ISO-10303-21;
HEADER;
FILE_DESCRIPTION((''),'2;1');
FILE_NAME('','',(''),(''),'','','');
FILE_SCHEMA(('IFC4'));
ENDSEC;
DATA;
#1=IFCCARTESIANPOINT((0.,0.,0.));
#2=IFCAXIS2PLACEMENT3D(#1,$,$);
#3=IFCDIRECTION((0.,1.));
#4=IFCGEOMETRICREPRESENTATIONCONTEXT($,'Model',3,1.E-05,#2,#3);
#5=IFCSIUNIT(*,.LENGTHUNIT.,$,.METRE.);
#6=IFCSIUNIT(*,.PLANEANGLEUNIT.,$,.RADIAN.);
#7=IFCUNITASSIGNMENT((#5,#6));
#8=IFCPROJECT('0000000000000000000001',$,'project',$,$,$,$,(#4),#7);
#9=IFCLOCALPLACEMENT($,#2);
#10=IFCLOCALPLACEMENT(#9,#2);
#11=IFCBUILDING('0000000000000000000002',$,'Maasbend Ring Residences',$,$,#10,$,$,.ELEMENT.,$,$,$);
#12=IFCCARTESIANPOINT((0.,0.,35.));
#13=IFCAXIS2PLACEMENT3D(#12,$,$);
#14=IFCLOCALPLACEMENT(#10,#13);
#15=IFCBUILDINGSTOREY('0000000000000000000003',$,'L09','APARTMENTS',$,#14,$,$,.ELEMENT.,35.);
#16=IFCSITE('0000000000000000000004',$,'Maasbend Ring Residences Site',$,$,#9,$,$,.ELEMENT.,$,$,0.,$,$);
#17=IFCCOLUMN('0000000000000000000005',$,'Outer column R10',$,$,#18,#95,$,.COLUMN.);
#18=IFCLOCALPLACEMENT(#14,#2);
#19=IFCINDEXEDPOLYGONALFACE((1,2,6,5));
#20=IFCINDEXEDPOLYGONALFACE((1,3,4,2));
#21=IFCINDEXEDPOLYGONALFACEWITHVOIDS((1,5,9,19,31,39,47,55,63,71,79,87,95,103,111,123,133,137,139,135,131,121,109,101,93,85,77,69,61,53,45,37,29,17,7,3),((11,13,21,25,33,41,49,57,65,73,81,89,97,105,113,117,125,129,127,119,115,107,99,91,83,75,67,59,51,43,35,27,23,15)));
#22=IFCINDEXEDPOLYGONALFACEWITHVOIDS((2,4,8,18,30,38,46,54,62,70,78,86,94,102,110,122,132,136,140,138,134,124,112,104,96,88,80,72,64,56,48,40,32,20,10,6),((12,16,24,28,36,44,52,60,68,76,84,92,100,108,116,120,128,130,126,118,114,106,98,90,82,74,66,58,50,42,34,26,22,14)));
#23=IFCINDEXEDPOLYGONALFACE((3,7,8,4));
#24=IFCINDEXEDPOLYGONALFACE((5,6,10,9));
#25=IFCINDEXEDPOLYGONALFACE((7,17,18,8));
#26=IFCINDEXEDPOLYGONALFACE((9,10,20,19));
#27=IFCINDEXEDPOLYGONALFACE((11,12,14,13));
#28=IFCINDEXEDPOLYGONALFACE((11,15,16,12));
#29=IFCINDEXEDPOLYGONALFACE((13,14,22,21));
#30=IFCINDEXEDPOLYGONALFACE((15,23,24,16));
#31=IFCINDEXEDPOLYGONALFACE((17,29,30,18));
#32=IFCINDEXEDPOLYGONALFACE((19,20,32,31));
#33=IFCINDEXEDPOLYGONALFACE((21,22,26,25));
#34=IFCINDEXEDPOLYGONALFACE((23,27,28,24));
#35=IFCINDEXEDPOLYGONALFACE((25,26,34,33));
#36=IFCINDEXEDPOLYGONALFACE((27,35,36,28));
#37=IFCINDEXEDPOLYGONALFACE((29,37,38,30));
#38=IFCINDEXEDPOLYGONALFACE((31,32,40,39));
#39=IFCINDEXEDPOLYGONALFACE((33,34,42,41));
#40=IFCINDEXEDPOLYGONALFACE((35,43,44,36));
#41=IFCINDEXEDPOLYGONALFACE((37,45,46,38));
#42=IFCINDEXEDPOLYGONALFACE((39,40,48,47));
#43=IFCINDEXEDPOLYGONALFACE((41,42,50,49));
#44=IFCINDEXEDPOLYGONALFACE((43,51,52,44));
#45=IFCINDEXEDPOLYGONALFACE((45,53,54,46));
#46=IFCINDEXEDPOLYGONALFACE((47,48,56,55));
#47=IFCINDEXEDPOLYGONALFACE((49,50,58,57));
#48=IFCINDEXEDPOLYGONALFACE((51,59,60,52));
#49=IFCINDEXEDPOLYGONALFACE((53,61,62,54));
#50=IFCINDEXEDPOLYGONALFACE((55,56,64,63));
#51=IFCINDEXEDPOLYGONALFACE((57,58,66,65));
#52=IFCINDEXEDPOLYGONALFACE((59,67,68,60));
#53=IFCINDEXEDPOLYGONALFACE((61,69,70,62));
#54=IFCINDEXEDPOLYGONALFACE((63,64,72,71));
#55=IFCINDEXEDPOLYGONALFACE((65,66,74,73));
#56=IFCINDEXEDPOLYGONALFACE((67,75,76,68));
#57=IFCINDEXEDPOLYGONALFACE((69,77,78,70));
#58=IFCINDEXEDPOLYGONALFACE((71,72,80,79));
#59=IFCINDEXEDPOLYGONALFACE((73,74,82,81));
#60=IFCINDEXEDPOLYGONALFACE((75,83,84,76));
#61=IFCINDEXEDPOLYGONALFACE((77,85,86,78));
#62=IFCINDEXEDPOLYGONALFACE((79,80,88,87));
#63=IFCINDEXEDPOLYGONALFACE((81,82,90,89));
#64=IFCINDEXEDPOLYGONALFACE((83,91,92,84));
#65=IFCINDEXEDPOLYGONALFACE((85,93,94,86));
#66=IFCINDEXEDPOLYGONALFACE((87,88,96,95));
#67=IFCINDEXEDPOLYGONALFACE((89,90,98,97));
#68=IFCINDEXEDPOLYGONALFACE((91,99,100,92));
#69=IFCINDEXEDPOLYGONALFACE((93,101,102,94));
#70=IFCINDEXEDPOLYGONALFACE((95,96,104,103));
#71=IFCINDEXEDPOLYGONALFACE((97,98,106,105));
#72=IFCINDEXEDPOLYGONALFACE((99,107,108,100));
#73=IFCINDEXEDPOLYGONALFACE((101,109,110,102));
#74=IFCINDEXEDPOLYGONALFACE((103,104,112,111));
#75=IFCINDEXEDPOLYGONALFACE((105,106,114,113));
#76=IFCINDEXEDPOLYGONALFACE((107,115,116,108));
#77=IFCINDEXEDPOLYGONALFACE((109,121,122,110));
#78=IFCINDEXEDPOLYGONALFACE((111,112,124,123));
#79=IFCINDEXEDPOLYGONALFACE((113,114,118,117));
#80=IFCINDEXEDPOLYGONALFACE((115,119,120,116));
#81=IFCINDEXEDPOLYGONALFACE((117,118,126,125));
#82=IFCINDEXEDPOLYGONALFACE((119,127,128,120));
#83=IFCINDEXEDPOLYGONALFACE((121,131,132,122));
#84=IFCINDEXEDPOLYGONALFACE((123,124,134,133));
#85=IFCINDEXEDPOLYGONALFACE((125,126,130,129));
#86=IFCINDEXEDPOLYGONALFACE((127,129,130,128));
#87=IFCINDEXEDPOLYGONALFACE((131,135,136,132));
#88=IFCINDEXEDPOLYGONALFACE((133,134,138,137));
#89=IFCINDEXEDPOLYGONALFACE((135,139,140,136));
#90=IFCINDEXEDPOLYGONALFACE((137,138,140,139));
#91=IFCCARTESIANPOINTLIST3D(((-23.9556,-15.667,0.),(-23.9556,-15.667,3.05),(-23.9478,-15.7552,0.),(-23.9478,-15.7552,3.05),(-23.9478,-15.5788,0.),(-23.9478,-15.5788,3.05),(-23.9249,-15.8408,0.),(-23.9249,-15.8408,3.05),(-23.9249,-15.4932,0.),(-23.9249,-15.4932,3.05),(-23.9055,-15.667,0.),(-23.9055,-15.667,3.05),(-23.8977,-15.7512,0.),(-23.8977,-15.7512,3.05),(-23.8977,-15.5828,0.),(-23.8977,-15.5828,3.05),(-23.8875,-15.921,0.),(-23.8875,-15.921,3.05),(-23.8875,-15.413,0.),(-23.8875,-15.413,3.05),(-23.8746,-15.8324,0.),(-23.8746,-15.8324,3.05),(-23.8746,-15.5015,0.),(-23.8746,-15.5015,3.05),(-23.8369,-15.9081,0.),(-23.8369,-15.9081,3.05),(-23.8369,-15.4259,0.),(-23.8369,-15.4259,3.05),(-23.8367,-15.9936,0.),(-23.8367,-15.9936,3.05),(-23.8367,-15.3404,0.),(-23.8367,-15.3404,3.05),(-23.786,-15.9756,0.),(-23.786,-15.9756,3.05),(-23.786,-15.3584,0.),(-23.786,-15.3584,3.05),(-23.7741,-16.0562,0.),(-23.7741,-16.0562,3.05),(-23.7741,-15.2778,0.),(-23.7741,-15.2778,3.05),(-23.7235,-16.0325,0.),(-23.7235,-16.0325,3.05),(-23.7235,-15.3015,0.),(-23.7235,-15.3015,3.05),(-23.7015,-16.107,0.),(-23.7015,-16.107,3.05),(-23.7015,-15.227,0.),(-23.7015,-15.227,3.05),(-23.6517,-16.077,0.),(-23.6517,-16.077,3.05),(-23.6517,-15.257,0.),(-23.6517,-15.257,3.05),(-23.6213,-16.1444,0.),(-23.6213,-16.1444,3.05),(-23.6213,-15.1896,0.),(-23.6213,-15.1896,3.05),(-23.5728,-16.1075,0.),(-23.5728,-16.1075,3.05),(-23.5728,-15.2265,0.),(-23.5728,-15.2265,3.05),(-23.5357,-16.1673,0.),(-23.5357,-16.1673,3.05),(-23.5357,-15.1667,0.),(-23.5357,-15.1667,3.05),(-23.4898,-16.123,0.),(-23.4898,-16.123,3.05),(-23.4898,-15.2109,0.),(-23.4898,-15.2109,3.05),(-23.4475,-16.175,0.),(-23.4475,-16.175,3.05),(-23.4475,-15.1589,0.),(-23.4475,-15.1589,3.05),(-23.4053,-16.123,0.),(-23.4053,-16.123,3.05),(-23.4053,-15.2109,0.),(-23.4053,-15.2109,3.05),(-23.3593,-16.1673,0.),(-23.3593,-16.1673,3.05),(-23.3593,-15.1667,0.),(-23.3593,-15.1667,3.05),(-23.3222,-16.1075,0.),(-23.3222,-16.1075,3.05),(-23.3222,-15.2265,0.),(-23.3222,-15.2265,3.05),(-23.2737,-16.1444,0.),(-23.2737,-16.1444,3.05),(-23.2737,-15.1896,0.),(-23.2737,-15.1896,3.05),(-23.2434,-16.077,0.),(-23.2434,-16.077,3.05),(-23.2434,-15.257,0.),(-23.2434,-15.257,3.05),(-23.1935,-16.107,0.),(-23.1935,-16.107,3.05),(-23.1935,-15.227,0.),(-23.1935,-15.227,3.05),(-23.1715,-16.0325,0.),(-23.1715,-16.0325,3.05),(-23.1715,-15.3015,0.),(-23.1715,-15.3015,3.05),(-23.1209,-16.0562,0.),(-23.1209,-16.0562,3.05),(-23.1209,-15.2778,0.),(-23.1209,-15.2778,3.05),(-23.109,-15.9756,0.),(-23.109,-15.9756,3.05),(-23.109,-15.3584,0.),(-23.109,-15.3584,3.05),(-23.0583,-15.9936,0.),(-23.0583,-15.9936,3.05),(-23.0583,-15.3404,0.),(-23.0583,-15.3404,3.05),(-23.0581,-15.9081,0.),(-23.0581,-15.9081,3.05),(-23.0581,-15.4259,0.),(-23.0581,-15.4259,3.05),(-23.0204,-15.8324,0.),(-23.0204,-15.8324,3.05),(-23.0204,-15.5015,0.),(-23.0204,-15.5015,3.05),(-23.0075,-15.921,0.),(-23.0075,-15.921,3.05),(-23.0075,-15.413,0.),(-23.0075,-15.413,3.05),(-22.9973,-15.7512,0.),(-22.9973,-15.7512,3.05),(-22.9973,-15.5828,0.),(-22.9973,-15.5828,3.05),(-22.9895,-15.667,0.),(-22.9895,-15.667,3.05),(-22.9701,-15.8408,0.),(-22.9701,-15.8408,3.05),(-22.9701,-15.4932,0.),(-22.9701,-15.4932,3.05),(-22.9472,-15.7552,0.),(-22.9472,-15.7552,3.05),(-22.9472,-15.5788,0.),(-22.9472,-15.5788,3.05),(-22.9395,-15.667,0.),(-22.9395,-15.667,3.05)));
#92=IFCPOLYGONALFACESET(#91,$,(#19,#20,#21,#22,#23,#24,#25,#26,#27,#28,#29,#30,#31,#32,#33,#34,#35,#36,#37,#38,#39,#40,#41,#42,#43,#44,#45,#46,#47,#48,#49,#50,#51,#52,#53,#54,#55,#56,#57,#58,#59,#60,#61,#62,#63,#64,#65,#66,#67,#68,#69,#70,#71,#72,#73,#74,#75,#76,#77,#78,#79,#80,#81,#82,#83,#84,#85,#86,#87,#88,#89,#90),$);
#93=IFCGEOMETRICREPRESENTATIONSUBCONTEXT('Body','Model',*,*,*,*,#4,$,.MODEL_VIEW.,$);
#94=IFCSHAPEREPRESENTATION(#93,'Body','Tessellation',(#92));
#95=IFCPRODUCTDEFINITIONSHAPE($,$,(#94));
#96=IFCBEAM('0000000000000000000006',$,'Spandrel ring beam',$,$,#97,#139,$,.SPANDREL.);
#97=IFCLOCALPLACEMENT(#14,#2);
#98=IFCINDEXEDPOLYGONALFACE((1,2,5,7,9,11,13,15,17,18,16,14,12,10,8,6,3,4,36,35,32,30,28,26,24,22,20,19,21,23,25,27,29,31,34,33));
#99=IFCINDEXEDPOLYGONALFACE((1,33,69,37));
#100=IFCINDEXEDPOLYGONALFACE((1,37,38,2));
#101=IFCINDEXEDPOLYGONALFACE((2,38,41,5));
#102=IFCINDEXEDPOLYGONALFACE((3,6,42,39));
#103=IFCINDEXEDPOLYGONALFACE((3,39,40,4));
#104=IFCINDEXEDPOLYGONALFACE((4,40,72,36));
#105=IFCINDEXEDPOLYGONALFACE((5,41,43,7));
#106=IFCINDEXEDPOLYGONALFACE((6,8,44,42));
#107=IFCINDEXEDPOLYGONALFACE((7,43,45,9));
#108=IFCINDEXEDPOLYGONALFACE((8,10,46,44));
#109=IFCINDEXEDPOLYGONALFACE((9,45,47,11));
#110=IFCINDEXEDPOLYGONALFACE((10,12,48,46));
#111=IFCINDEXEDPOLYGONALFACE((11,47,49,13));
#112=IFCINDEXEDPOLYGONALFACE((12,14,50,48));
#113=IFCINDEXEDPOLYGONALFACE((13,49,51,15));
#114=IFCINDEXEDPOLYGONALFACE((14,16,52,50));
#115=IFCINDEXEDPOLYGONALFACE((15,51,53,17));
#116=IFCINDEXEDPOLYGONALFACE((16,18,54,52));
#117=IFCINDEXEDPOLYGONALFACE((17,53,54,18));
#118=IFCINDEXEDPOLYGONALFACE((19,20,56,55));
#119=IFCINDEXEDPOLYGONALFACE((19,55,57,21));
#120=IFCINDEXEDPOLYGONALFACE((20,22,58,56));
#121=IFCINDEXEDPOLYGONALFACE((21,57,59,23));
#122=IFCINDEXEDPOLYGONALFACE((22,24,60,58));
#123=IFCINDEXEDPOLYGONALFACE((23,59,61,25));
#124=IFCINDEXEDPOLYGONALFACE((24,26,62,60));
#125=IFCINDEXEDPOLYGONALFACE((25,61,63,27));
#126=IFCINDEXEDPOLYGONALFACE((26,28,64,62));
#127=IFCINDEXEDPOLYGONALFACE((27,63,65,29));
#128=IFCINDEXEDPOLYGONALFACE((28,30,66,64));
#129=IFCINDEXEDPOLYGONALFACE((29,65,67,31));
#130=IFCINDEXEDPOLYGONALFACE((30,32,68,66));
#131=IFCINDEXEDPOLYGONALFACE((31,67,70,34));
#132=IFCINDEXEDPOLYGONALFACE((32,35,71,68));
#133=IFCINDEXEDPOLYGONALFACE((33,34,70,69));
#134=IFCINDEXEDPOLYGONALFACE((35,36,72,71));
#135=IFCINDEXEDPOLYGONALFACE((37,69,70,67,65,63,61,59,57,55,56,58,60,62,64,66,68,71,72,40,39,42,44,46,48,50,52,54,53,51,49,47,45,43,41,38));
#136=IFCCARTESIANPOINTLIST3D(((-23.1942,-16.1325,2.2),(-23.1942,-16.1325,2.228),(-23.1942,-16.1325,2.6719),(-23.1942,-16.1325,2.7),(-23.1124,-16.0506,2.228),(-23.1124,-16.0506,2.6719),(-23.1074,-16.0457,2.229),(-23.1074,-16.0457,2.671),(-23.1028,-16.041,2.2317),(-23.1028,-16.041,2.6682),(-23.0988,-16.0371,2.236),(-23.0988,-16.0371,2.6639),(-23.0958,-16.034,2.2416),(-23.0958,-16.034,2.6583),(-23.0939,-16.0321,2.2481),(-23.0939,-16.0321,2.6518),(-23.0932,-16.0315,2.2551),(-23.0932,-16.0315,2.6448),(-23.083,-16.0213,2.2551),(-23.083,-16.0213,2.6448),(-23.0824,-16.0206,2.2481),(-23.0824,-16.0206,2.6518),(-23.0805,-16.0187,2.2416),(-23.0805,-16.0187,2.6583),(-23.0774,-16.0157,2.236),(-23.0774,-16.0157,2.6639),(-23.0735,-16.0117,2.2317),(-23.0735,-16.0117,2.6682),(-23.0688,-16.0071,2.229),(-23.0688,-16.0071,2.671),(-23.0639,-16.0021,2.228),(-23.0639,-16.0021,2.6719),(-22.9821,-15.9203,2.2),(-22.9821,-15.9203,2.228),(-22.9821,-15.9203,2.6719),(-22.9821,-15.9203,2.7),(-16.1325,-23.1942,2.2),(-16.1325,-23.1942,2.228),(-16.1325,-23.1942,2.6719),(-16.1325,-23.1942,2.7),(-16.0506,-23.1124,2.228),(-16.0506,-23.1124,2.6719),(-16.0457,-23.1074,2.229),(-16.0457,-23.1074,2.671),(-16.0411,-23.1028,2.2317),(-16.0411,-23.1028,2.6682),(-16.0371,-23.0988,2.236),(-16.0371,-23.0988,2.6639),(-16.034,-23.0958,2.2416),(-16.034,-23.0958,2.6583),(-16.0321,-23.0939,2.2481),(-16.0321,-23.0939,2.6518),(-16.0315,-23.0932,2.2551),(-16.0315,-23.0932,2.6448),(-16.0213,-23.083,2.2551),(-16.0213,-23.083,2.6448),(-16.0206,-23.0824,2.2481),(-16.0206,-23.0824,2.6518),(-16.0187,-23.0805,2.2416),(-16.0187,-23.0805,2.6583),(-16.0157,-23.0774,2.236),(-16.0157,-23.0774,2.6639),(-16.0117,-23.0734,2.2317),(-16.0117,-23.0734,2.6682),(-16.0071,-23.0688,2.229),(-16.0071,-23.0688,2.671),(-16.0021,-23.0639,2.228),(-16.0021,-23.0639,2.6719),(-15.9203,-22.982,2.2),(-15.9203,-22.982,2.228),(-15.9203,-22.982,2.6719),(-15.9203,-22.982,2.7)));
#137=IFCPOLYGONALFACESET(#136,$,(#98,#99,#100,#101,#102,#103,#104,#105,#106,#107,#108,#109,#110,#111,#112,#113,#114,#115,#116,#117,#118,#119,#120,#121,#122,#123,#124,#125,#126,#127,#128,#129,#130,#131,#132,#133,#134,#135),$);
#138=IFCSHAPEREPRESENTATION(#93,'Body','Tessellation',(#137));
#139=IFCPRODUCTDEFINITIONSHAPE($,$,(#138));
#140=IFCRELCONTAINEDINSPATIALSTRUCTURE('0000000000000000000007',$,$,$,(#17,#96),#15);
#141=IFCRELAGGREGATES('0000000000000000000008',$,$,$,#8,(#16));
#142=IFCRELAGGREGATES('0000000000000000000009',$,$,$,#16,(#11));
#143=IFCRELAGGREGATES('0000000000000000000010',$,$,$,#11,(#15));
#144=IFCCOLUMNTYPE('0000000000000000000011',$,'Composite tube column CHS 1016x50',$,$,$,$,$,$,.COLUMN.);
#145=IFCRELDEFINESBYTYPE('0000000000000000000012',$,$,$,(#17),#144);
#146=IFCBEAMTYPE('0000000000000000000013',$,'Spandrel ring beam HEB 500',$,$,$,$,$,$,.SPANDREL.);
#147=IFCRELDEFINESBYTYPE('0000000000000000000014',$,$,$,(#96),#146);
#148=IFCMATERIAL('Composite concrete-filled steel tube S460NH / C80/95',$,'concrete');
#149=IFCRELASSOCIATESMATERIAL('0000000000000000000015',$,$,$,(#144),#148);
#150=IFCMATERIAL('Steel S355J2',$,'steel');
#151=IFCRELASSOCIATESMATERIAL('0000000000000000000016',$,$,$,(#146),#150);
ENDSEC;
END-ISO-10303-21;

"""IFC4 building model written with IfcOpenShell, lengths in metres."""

from ifc_helpers import new_model, si_unit, direction, frame, origin, origin_2d, place, context, subcontext, project, spatial, hollow_circle, i_section, extrude, material, material_profile, profile_set, type_object, element, save


model = new_model("IFC4")

# Units and contexts
model_context = context("Model", 3, precision=1e-05, world=origin(), true_north=direction((0.0, 1.0)))
body_context = subcontext(model_context, "Body", "Model", "MODEL_VIEW")
ifc_project = project(units=[si_unit("LENGTHUNIT", "METRE"), si_unit("PLANEANGLEUNIT", "RADIAN")], contexts=[model_context])

# Site, building, storey
site_placement = place(None, origin())
site = spatial("IfcSite", under=ifc_project, at=site_placement, Name="Maasbend Ring Residences Site", CompositionType="ELEMENT", RefElevation=0.0)
building_placement = place(site_placement, origin())
building = spatial("IfcBuilding", under=site, at=building_placement, Name="Maasbend Ring Residences", CompositionType="ELEMENT")
storey_placement = place(building_placement, frame((0.0, 0.0, 35.0)))
storey = spatial("IfcBuildingStorey", under=building, at=storey_placement, Name="L09", Description="APARTMENTS", CompositionType="ELEMENT", Elevation=35.0)

# Column
ifc_material_1 = material(Name="Composite concrete-filled steel tube S460NH / C80/95", Category="concrete")
ifc_material_profile_1 = material_profile(ifc_material_1, hollow_circle(Radius=0.5081, WallThickness=0.05, at=origin_2d()), Name="Composite tube column CHS 1016x50")
ifc_profile_set_1 = profile_set([ifc_material_profile_1], Name="Composite concrete-filled steel tube S460NH / C80/95")
column_type = type_object("IfcColumnType", Name="Composite tube column CHS 1016x50", PredefinedType="COLUMN", material=ifc_profile_set_1)
column_placement = place(storey_placement, frame((-23.4475, -15.667, 0.0), z_axis=(0.0, 0.0, 1.0), x_axis=(1.0, 0.0, 0.0)))
element("IfcColumn", 1, at=column_placement, inside=storey, type_object=column_type, Name="Outer column R10", PredefinedType="COLUMN", context=body_context, shape_type="SweptSolid", body=[
    extrude(hollow_circle(Radius=0.5081, WallThickness=0.05, at=origin_2d()), origin(), (0.0, 0.0, 1.0), 3.05),
])

# Beam
ifc_material_2 = material(Name="Steel S355J2", Category="steel")
ifc_material_profile_2 = material_profile(ifc_material_2, i_section(OverallWidth=0.3, OverallDepth=0.5, WebThickness=0.0144, FlangeThickness=0.0281, FilletRadius=0.0271, at=origin_2d()), Name="HEB 500")
ifc_profile_set_2 = profile_set([ifc_material_profile_2], Name="Steel S355J2")
beam_type = type_object("IfcBeamType", Name="Spandrel ring beam HEB 500", PredefinedType="SPANDREL", material=ifc_profile_set_2)
beam_placement = place(storey_placement, frame((-23.0881, -16.0264, 2.45), z_axis=(0.707107, -0.707107, 0.0), x_axis=(0.707107, 0.707107, 0.0)))
element("IfcBeam", 2, at=beam_placement, inside=storey, type_object=beam_type, Name="Spandrel ring beam", PredefinedType="SPANDREL", context=body_context, shape_type="SweptSolid", body=[
    extrude(i_section(OverallWidth=0.3, OverallDepth=0.5, WebThickness=0.0144, FlangeThickness=0.0281, FilletRadius=0.0271, at=origin_2d()), origin(), (0.0, 0.0, 1.0), 9.9868),
])

save(model, "model.ifc")
